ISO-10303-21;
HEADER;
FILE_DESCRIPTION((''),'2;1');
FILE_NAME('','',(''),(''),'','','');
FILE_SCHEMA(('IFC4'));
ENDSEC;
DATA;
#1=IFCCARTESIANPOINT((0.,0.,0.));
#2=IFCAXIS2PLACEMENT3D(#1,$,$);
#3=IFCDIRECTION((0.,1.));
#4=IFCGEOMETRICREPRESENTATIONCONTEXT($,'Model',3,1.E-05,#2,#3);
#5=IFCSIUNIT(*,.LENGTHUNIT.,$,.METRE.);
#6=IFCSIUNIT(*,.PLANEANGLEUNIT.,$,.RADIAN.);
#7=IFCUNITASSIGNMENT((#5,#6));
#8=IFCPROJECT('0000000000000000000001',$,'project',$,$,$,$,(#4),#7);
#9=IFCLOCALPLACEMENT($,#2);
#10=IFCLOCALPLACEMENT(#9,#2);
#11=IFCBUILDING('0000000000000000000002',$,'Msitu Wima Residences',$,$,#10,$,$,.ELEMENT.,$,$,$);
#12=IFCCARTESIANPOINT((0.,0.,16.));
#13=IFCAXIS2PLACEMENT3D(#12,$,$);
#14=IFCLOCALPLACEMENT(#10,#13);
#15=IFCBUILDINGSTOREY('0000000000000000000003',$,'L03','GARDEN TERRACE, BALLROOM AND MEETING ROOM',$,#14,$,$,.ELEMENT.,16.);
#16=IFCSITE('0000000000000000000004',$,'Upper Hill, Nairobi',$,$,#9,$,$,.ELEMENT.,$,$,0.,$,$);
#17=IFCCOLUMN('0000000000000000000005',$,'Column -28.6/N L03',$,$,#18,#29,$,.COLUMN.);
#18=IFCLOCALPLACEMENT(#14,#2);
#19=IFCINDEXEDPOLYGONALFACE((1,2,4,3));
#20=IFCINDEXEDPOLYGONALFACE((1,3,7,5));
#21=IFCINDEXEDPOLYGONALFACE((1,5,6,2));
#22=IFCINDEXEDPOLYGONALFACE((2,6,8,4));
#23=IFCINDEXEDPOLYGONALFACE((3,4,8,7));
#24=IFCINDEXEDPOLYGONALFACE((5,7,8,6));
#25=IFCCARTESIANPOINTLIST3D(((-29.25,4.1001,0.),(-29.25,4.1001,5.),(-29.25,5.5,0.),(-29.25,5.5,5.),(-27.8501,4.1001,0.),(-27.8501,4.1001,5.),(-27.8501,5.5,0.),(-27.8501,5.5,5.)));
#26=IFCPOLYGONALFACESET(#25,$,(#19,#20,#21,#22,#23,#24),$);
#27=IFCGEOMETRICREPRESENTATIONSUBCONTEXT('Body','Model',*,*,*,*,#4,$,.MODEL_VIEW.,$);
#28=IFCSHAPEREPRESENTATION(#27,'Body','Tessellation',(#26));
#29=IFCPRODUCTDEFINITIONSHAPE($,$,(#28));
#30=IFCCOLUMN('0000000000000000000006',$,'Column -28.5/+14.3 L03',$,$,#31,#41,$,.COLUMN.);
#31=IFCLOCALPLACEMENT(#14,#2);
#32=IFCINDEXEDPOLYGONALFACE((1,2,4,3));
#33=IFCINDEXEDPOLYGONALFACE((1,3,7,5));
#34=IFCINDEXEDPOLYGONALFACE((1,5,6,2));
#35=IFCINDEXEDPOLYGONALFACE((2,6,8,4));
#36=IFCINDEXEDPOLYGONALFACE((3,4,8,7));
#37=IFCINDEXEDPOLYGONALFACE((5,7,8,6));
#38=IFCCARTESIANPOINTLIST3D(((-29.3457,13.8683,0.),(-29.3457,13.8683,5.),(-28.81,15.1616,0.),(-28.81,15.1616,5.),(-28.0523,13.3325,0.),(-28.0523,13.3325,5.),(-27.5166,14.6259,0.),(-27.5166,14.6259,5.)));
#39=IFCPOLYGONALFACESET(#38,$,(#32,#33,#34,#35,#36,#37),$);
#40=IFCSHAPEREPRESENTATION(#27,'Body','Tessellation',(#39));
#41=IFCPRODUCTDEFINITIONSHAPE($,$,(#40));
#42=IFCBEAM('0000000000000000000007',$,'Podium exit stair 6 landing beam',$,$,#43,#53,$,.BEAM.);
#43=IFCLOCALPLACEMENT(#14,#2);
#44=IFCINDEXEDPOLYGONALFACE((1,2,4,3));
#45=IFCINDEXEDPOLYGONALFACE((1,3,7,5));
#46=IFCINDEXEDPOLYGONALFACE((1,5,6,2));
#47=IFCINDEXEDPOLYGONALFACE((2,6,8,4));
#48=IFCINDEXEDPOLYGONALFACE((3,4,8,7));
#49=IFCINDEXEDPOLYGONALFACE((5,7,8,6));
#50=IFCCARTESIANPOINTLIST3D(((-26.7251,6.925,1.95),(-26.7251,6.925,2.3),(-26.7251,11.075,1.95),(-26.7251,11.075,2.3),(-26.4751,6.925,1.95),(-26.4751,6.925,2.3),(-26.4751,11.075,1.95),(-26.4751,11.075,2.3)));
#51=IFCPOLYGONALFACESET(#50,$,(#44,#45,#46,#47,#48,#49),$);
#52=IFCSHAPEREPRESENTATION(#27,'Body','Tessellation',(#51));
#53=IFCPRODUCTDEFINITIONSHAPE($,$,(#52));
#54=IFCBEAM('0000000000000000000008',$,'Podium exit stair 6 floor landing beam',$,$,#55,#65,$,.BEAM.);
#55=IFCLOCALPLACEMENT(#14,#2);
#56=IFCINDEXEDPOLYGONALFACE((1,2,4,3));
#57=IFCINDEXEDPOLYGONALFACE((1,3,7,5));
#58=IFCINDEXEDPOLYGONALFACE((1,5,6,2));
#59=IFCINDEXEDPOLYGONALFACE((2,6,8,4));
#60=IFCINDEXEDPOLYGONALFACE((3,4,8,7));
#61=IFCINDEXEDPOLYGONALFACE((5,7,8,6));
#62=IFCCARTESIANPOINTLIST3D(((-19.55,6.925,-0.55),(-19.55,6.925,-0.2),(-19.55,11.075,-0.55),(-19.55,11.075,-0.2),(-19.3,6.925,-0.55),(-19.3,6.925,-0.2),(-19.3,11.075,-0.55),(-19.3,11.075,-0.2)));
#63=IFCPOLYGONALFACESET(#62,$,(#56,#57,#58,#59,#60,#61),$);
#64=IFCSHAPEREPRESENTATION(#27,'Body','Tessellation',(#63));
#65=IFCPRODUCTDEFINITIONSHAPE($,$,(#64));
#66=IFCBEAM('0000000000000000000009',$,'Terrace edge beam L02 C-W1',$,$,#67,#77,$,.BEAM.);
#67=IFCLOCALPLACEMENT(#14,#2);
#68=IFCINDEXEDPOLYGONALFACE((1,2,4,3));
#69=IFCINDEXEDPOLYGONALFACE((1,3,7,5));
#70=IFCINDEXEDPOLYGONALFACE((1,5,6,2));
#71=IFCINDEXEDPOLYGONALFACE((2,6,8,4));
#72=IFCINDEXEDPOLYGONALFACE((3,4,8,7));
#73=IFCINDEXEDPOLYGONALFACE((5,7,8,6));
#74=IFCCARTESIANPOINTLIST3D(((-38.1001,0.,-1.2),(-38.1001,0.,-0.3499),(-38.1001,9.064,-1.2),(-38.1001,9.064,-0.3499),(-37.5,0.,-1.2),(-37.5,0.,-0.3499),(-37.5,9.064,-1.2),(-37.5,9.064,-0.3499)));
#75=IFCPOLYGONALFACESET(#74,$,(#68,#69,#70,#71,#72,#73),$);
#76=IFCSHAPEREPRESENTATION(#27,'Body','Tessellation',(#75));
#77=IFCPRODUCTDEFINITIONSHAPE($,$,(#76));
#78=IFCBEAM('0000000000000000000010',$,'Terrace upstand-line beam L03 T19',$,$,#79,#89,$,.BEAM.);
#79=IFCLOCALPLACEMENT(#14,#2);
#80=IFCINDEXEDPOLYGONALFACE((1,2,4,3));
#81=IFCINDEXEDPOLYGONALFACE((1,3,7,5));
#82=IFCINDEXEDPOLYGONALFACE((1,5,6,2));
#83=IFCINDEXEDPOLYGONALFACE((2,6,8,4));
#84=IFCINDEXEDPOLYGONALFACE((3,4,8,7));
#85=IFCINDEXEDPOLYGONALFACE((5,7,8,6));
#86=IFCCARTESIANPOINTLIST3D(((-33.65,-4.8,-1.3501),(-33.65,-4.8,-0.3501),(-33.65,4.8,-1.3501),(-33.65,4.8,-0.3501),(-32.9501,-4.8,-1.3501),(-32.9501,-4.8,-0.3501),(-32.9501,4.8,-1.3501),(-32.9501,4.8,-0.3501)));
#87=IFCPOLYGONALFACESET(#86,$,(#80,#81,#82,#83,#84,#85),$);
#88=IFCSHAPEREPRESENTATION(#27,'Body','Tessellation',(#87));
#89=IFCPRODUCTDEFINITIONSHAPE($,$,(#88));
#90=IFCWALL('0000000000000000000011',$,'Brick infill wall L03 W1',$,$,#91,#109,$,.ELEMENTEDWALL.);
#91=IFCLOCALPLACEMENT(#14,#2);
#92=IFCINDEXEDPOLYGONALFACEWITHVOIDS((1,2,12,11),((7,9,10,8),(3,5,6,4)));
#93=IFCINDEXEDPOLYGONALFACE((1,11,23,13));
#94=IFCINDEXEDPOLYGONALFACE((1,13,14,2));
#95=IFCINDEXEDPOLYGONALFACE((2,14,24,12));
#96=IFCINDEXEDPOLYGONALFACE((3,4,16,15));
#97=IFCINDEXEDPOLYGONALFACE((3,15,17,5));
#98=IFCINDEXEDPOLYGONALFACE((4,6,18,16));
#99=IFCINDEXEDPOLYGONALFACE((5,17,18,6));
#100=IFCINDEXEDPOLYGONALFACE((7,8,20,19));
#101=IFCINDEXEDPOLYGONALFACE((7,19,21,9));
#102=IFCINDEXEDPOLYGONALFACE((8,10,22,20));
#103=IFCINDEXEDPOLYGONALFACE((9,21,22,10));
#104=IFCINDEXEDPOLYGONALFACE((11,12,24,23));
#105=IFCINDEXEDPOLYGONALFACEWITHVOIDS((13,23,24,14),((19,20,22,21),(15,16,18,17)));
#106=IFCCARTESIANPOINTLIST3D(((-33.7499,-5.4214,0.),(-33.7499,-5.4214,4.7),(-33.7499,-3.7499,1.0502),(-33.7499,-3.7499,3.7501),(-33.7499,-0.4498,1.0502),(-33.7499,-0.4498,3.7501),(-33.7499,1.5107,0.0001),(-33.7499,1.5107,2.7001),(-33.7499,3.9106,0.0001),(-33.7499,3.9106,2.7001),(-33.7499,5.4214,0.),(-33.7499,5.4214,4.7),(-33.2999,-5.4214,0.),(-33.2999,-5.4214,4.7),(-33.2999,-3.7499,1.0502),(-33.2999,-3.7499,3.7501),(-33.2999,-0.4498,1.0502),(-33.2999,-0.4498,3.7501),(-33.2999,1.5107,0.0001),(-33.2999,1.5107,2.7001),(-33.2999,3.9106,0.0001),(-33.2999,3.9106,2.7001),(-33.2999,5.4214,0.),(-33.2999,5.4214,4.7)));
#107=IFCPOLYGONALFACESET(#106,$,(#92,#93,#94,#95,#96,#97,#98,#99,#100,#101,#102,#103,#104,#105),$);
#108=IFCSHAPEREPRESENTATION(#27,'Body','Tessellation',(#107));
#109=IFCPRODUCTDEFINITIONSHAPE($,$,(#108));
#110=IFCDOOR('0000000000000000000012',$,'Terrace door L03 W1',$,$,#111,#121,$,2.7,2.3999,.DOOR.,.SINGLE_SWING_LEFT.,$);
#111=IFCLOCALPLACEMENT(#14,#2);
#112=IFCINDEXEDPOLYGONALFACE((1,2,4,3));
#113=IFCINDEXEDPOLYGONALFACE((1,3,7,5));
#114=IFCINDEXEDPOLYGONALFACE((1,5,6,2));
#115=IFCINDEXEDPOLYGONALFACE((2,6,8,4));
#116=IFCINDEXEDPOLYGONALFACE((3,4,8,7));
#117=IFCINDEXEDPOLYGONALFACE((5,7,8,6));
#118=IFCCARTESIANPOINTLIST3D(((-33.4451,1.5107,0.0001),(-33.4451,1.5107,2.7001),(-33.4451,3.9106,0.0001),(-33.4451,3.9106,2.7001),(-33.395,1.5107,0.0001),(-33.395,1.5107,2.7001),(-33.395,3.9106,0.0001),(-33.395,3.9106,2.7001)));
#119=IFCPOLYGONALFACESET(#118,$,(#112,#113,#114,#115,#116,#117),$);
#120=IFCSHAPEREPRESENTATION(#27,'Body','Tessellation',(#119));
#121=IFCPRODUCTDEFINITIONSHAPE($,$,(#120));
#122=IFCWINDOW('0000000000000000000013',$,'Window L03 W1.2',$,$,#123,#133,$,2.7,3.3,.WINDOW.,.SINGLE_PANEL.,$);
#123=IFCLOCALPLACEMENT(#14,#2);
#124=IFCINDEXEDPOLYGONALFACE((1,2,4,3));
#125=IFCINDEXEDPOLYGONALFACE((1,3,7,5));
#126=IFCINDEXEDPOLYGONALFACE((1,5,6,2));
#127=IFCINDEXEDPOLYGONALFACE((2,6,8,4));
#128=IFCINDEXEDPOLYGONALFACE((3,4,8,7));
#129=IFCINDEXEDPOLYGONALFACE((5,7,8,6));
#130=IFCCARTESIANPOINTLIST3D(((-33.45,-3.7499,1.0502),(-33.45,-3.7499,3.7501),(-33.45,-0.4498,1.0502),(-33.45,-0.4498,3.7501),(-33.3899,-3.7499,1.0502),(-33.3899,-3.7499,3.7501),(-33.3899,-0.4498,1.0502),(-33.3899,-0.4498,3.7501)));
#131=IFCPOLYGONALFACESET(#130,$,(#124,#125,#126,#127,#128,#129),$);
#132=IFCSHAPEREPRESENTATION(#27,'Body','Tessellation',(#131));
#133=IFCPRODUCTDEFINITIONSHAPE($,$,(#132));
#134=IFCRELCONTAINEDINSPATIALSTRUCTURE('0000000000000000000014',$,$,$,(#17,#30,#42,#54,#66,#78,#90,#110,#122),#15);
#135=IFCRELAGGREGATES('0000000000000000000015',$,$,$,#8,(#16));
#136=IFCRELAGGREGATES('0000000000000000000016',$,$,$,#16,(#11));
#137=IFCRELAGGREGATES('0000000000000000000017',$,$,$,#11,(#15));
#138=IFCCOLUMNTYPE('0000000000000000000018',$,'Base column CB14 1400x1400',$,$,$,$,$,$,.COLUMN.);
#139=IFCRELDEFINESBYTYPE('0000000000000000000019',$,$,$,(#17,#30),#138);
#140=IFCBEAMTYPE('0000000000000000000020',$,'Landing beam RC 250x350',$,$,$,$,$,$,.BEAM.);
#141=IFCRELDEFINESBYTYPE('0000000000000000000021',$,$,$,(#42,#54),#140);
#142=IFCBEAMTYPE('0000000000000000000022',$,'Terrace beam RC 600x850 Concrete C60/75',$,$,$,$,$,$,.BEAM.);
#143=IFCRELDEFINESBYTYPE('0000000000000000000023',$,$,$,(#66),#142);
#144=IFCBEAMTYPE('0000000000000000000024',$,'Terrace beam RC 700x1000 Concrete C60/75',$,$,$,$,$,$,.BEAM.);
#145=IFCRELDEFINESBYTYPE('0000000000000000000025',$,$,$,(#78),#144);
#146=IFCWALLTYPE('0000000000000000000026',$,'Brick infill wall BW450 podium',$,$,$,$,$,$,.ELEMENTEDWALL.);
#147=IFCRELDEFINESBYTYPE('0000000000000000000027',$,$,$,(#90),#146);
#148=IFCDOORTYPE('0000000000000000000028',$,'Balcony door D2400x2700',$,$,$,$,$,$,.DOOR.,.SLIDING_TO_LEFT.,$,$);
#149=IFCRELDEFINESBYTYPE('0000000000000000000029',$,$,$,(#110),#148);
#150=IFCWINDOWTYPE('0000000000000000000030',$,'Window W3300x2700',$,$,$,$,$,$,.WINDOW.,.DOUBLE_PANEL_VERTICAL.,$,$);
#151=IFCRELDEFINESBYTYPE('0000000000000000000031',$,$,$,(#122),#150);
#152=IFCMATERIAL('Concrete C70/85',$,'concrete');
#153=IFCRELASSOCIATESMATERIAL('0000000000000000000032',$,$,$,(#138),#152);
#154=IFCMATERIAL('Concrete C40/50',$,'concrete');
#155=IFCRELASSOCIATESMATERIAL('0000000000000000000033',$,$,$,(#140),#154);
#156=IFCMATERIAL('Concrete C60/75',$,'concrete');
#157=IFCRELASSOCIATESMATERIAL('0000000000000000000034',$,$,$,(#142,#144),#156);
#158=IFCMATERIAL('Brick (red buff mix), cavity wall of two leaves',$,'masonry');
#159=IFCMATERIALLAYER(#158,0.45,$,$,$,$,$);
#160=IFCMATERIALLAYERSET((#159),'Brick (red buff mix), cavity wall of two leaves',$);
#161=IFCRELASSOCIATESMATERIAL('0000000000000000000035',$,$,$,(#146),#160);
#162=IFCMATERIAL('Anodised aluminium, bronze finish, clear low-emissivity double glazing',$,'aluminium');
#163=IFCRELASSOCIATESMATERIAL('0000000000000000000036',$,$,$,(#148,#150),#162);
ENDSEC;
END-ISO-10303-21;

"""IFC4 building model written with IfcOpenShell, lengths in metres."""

from ifc_helpers import new_model, si_unit, direction, frame, frame_2d, origin, origin_2d, place, context, subcontext, project, spatial, rectangle, extrude, material, layer, layer_set, material_profile, profile_set, type_object, element, fill, save


model = new_model("IFC4")

# Units and contexts
model_context = context("Model", 3, precision=1e-05, world=origin(), true_north=direction((0.0, 1.0)))
body_context = subcontext(model_context, "Body", "Model", "MODEL_VIEW")
ifc_project = project(units=[si_unit("LENGTHUNIT", "METRE"), si_unit("PLANEANGLEUNIT", "RADIAN")], contexts=[model_context])

# Site, building, storey
site_placement = place(None, origin())
site = spatial("IfcSite", under=ifc_project, at=site_placement, Name="Upper Hill, Nairobi", CompositionType="ELEMENT", RefElevation=0.0)
building_placement = place(site_placement, origin())
building = spatial("IfcBuilding", under=site, at=building_placement, Name="Msitu Wima Residences", CompositionType="ELEMENT")
storey_placement = place(building_placement, frame((0.0, 0.0, 16.0)))
storey = spatial("IfcBuildingStorey", under=building, at=storey_placement, Name="L03", Description="GARDEN TERRACE, BALLROOM AND MEETING ROOM", CompositionType="ELEMENT", Elevation=16.0)

# Columns
ifc_material_1 = material(Name="Concrete C70/85", Category="concrete")
ifc_material_profile_1 = material_profile(ifc_material_1, rectangle(XDim=1.3999, YDim=1.3999, at=origin_2d()), Name="RC 1400x1400")
ifc_profile_set_1 = profile_set([ifc_material_profile_1], Name="Concrete C70/85")
column_type = type_object("IfcColumnType", Name="Base column CB14 1400x1400", PredefinedType="COLUMN", material=ifc_profile_set_1)
for number, where, z_axis, x_axis, name in (
    (1, (-28.55, 4.8, 0.0), (0.0, 0.0, 1.0), (0.0, -1.0, 0.0), "Column -28.6/N L03"),
    (2, (-28.4312, 14.2471, 0.0), (0.0, 0.0, 1.0), (-0.382683, -0.92388, 0.0), "Column -28.5/+14.3 L03"),
):
    element("IfcColumn", number, at=place(storey_placement, frame(where, z_axis=z_axis, x_axis=x_axis)), inside=storey, type_object=column_type, Name=name, PredefinedType="COLUMN", context=body_context, shape_type="SweptSolid", body=[
        extrude(rectangle(XDim=1.3999, YDim=1.3999, at=origin_2d()), origin(), (0.0, 0.0, 1.0), 5.0),
    ])

# Beams
ifc_material_2 = material(Name="Concrete C40/50", Category="concrete")
ifc_material_profile_2 = material_profile(ifc_material_2, rectangle(XDim=0.25, YDim=0.3501, at=origin_2d()), Name="RC 250x350")
ifc_profile_set_2 = profile_set([ifc_material_profile_2], Name="Concrete C40/50")
beam_type_1 = type_object("IfcBeamType", Name="Landing beam RC 250x350", PredefinedType="BEAM", material=ifc_profile_set_2)
for number, where, z_axis, x_axis, name in (
    (3, (-26.6001, 6.925, 2.125), (0.0, 1.0, 0.0), (-1.0, 0.0, 0.0), "Podium exit stair 6 landing beam"),
    (4, (-19.425, 6.925, -0.375), (0.0, 1.0, 0.0), (-1.0, 0.0, 0.0), "Podium exit stair 6 floor landing beam"),
):
    element("IfcBeam", number, at=place(storey_placement, frame(where, z_axis=z_axis, x_axis=x_axis)), inside=storey, type_object=beam_type_1, Name=name, PredefinedType="BEAM", context=body_context, shape_type="SweptSolid", body=[
        extrude(rectangle(XDim=0.25, YDim=0.3501, at=origin_2d()), origin(), (0.0, 0.0, 1.0), 4.1499),
    ])
ifc_material_3 = material(Name="Concrete C60/75", Category="concrete")
ifc_material_profile_3 = material_profile(ifc_material_3, rectangle(XDim=0.6001, YDim=0.8501, at=origin_2d()), Name="RC 600x850")
ifc_profile_set_3 = profile_set([ifc_material_profile_3], Name="Concrete C60/75")
beam_type_2 = type_object("IfcBeamType", Name="Terrace beam RC 600x850 Concrete C60/75", PredefinedType="BEAM", material=ifc_profile_set_3)
beam_1_placement = place(storey_placement, frame((-37.8, 9.064, -0.7749), z_axis=(0.0, -1.0, 0.0), x_axis=(1.0, 0.0, 0.0)))
element("IfcBeam", 5, at=beam_1_placement, inside=storey, type_object=beam_type_2, Name="Terrace edge beam L02 C-W1", PredefinedType="BEAM", context=body_context, shape_type="SweptSolid", body=[
    extrude(rectangle(XDim=0.6001, YDim=0.8501, at=origin_2d()), origin(), (0.0, 0.0, 1.0), 9.064),
])
ifc_material_profile_4 = material_profile(ifc_material_3, rectangle(XDim=0.7, YDim=1.0, at=origin_2d()), Name="RC 700x1000")
ifc_profile_set_4 = profile_set([ifc_material_profile_4], Name="Concrete C60/75")
beam_type_3 = type_object("IfcBeamType", Name="Terrace beam RC 700x1000 Concrete C60/75", PredefinedType="BEAM", material=ifc_profile_set_4)
beam_2_placement = place(storey_placement, frame((-33.3, 4.8, -0.8501), z_axis=(0.0, -1.0, 0.0), x_axis=(1.0, 0.0, 0.0)))
element("IfcBeam", 6, at=beam_2_placement, inside=storey, type_object=beam_type_3, Name="Terrace upstand-line beam L03 T19", PredefinedType="BEAM", context=body_context, shape_type="SweptSolid", body=[
    extrude(rectangle(XDim=0.7, YDim=1.0, at=origin_2d()), origin(), (0.0, 0.0, 1.0), 9.6001),
])

# Wall, openings, door, window
ifc_material_4 = material(Name="Brick (red buff mix), cavity wall of two leaves", Category="masonry")
ifc_layer_1 = layer(ifc_material_4, 0.45)
ifc_layer_set_1 = layer_set([ifc_layer_1], Name="Brick (red buff mix), cavity wall of two leaves")
wall_type_1 = type_object("IfcWallType", Name="Brick infill wall BW450 podium", PredefinedType="ELEMENTEDWALL", material=ifc_layer_set_1)
wall_1_placement = place(storey_placement, frame((-33.5249, 5.4214, 0.0), z_axis=(0.0, 0.0, 1.0), x_axis=(0.0, -1.0, 0.0)))
wall_1 = element("IfcWall", 7, at=wall_1_placement, inside=storey, type_object=wall_type_1, Name="Brick infill wall L03 W1", PredefinedType="ELEMENTEDWALL", context=body_context, shape_type="SweptSolid", body=[
    extrude(rectangle(XDim=10.8428, YDim=0.45, at=frame_2d((5.4214, 0.0))), origin(), (0.0, 0.0, 1.0), 4.7),
])
opening_1_placement = place(wall_1_placement, frame((1.5107, 0.0, 0.0)))
opening_1 = element("IfcOpeningElement", 8, at=opening_1_placement, cuts=wall_1, PredefinedType="OPENING", context=body_context, shape_type="SweptSolid", body=[
    extrude(rectangle(XDim=2.3999, YDim=2.7, at=frame_2d((1.2, 1.3501))), frame((0.0, 0.2349, 0.0), z_axis=(0.0, -1.0, 0.0), x_axis=(1.0, 0.0, 0.0)), (0.0, 0.0, 1.0), 0.47),
])
opening_2_placement = place(wall_1_placement, frame((5.8713, 0.0, 1.05)))
opening_2 = element("IfcOpeningElement", 9, at=opening_2_placement, cuts=wall_1, PredefinedType="OPENING", context=body_context, shape_type="SweptSolid", body=[
    extrude(rectangle(XDim=3.3, YDim=2.7, at=frame_2d((1.6499, 1.3501))), frame((0.0, 0.2349, 0.0), z_axis=(0.0, -1.0, 0.0), x_axis=(1.0, 0.0, 0.0)), (0.0, 0.0, 1.0), 0.47),
])
ifc_material_5 = material(Name="Anodised aluminium, bronze finish, clear low-emissivity double glazing", Category="aluminium")
door_type_1 = type_object("IfcDoorType", Name="Balcony door D2400x2700", OperationType="SLIDING_TO_LEFT", PredefinedType="DOOR", material=ifc_material_5)
door_1_placement = place(opening_1_placement, origin())
door_1 = element("IfcDoor", 10, at=door_1_placement, inside=storey, type_object=door_type_1, Name="Terrace door L03 W1", OperationType="SINGLE_SWING_LEFT", OverallHeight=2.7, OverallWidth=2.3999, PredefinedType="DOOR", context=body_context, shape_type="SweptSolid", body=[
    extrude(rectangle(XDim=2.3999, YDim=2.7, at=frame_2d((1.2, 1.3501))), frame((0.0, 0.1299, 0.0), z_axis=(0.0, -1.0, 0.0), x_axis=(1.0, 0.0, 0.0)), (0.0, 0.0, 1.0), 0.05),
])
fill(opening_1, door_1)
window_type = type_object("IfcWindowType", Name="Window W3300x2700", PartitioningType="DOUBLE_PANEL_VERTICAL", PredefinedType="WINDOW", material=ifc_material_5)
window_placement = place(opening_2_placement, origin())
window = element("IfcWindow", 11, at=window_placement, inside=storey, type_object=window_type, Name="Window L03 W1.2", OverallHeight=2.7, OverallWidth=3.3, PartitioningType="SINGLE_PANEL", PredefinedType="WINDOW", context=body_context, shape_type="SweptSolid", body=[
    extrude(rectangle(XDim=3.3, YDim=2.7, at=frame_2d((1.6499, 1.3501))), frame((0.0, 0.135, 0.0), z_axis=(0.0, -1.0, 0.0), x_axis=(1.0, 0.0, 0.0)), (0.0, 0.0, 1.0), 0.0601),
])
fill(opening_2, window)

save(model, "model.ifc")
